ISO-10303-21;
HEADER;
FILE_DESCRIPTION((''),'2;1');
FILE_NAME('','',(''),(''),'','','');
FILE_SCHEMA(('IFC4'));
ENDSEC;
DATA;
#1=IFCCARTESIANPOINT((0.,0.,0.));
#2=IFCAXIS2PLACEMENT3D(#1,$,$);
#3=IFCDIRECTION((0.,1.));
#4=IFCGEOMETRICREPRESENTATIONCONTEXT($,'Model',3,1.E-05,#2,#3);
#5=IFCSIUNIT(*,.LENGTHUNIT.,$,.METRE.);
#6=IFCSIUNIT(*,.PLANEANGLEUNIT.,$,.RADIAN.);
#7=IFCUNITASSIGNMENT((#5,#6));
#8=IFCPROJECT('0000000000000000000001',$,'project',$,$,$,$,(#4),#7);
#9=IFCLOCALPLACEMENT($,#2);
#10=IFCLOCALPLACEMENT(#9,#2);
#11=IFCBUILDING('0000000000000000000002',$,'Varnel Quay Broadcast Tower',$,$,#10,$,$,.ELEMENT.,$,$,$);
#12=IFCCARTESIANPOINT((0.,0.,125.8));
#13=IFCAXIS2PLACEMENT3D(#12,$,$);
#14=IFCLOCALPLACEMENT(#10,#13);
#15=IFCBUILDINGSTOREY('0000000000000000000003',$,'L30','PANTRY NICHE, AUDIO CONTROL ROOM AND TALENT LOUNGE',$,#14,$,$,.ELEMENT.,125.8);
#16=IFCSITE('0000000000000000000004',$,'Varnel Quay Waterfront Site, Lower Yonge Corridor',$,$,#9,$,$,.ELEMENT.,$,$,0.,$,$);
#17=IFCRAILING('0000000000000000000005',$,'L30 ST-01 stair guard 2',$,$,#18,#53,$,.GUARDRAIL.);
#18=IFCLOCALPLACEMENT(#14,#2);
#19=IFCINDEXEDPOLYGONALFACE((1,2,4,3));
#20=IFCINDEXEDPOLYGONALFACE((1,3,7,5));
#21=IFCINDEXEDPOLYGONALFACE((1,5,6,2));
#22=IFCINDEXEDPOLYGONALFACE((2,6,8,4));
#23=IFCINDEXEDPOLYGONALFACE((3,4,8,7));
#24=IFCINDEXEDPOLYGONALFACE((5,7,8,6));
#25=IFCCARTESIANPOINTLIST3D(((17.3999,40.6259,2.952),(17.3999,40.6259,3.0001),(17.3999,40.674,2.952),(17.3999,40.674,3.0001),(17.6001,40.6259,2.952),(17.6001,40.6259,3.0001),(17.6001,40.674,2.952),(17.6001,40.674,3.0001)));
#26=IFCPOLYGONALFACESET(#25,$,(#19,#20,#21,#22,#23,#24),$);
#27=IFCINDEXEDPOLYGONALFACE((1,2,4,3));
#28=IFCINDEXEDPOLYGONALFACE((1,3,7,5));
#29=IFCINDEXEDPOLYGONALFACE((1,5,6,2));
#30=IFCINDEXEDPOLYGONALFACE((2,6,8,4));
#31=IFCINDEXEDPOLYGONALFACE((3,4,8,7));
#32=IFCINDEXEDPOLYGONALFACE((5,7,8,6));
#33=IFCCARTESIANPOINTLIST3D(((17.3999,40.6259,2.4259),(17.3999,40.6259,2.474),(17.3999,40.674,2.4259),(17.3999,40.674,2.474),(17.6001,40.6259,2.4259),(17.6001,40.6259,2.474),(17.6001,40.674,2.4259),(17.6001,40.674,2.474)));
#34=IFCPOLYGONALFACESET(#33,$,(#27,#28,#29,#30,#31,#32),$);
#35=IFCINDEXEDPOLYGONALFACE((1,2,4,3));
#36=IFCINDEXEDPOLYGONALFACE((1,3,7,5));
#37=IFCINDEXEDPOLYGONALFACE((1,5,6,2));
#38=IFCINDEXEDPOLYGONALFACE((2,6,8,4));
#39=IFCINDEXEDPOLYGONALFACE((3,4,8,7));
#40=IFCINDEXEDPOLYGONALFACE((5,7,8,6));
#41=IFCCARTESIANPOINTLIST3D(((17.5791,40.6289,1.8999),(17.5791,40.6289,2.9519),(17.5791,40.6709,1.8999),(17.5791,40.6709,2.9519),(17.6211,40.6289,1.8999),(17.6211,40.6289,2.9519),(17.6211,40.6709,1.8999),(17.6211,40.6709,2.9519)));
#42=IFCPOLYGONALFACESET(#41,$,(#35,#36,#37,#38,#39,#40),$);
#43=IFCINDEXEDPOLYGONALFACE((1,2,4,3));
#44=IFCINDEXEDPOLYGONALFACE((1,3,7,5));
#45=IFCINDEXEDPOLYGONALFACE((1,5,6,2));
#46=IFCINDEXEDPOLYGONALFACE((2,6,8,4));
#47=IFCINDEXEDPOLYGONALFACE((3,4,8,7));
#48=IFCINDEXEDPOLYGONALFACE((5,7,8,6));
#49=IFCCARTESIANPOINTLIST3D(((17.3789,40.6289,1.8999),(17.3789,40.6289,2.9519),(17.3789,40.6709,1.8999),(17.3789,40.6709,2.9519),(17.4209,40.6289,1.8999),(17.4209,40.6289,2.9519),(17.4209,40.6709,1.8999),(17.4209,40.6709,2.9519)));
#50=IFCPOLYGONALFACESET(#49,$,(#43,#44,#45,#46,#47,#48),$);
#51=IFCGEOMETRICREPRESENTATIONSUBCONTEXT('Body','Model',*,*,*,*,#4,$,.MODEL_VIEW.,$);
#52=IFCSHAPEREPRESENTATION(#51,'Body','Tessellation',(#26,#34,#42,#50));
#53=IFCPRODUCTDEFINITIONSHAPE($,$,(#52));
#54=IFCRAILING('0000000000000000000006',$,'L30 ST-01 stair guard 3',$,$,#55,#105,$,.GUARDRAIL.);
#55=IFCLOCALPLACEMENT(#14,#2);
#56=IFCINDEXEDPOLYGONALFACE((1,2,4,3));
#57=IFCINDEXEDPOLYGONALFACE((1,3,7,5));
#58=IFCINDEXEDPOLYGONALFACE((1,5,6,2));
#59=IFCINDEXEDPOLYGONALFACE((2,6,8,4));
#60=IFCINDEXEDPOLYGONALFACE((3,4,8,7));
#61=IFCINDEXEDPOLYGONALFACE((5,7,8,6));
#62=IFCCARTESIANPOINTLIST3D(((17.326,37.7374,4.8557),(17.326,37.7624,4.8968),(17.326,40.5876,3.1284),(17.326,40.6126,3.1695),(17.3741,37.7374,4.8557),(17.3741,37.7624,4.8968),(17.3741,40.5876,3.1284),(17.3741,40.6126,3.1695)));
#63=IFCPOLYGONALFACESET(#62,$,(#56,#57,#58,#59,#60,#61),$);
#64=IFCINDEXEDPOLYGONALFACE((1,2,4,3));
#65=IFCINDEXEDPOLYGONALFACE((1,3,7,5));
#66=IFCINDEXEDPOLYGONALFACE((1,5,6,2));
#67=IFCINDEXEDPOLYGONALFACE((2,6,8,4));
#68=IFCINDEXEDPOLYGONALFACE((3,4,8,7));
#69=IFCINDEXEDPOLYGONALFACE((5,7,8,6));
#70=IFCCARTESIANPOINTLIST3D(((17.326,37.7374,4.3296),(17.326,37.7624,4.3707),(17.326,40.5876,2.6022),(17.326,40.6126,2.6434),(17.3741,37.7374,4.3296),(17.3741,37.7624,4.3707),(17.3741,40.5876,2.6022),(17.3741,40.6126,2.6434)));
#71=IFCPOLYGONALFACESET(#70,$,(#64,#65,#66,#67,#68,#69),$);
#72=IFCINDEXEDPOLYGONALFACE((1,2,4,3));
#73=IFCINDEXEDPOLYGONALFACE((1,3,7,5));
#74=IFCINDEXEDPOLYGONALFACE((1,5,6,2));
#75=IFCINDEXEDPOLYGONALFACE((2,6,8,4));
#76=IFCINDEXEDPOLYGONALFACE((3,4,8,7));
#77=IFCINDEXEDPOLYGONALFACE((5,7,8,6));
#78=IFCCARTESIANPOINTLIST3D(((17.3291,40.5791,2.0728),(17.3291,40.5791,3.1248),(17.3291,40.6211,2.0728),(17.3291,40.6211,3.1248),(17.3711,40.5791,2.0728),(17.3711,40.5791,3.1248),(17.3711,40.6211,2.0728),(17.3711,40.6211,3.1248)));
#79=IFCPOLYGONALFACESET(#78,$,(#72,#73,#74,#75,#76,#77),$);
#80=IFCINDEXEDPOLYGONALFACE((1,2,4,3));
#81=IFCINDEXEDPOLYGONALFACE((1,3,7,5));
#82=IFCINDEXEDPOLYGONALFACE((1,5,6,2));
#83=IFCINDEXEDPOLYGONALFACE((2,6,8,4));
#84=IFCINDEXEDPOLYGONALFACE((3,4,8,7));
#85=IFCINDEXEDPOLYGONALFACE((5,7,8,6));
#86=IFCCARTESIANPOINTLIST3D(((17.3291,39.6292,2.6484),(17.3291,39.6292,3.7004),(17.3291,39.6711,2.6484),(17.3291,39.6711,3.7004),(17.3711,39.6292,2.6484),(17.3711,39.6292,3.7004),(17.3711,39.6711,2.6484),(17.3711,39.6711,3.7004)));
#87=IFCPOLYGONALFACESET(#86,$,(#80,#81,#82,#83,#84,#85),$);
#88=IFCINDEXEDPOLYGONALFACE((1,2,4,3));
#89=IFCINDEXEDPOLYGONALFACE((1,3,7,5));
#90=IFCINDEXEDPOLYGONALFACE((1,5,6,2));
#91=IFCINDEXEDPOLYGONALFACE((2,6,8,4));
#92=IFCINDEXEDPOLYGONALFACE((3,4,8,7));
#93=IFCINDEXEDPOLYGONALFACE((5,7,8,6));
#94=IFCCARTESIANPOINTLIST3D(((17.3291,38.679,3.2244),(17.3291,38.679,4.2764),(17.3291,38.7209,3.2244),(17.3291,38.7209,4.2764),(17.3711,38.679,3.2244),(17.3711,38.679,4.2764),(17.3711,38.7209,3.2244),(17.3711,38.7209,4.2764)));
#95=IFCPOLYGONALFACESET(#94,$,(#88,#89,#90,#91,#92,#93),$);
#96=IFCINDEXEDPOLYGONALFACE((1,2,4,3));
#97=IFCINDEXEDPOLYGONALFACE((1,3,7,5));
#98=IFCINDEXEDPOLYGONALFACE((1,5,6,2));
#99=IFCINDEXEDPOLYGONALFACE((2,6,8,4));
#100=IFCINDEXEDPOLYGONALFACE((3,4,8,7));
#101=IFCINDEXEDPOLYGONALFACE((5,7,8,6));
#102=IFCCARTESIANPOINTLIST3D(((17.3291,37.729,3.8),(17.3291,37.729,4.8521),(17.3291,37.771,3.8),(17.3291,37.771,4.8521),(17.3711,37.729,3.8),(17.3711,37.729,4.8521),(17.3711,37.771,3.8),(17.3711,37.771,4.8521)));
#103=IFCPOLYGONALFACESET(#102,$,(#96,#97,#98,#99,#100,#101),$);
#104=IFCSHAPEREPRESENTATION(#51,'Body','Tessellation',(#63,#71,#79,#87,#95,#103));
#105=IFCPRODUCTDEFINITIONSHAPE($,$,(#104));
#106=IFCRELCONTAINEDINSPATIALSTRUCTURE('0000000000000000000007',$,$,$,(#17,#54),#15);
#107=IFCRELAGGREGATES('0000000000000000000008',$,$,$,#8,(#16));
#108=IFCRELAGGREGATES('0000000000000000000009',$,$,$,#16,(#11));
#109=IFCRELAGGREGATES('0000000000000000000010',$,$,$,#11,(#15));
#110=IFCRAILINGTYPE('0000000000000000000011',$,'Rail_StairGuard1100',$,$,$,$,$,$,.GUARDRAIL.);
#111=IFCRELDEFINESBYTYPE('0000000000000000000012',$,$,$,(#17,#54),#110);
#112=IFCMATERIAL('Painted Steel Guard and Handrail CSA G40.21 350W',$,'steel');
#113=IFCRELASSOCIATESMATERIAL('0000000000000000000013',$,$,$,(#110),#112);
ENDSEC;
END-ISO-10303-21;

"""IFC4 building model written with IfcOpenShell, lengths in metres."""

from ifc_helpers import new_model, si_unit, direction, frame, origin, origin_2d, place, context, subcontext, project, spatial, rectangle, extrude, material, type_object, element, save


model = new_model("IFC4")

# Units and contexts
model_context = context("Model", 3, precision=1e-05, world=origin(), true_north=direction((0.0, 1.0)))
body_context = subcontext(model_context, "Body", "Model", "MODEL_VIEW")
ifc_project = project(units=[si_unit("LENGTHUNIT", "METRE"), si_unit("PLANEANGLEUNIT", "RADIAN")], contexts=[model_context])

# Site, building, storey
site_placement = place(None, origin())
site = spatial("IfcSite", under=ifc_project, at=site_placement, Name="Varnel Quay Waterfront Site, Lower Yonge Corridor", CompositionType="ELEMENT", RefElevation=0.0)
building_placement = place(site_placement, origin())
building = spatial("IfcBuilding", under=site, at=building_placement, Name="Varnel Quay Broadcast Tower", CompositionType="ELEMENT")
storey_placement = place(building_placement, frame((0.0, 0.0, 125.8)))
storey = spatial("IfcBuildingStorey", under=building, at=storey_placement, Name="L30", Description="PANTRY NICHE, AUDIO CONTROL ROOM AND TALENT LOUNGE", CompositionType="ELEMENT", Elevation=125.8)

# Railings
ifc_material_1 = material(Name="Painted Steel Guard and Handrail CSA G40.21 350W", Category="steel")
railing_type = type_object("IfcRailingType", Name="Rail_StairGuard1100", PredefinedType="GUARDRAIL", material=ifc_material_1)
railing_1_placement = place(storey_placement, frame((17.6001, 40.6499, 1.8999)))
element("IfcRailing", 1, at=railing_1_placement, inside=storey, type_object=railing_type, Name="L30 ST-01 stair guard 2", PredefinedType="GUARDRAIL", context=body_context, shape_type="SweptSolid", body=[
    extrude(rectangle(XDim=0.0481, YDim=0.0481, at=origin_2d()), frame((0.0, 0.0, 1.0762), z_axis=(-1.0, 0.0, 0.0), x_axis=(0.0, -1.0, 0.0)), (0.0, 0.0, 1.0), 0.2002),
    extrude(rectangle(XDim=0.0481, YDim=0.0481, at=origin_2d()), frame((0.0, 0.0, 0.55), z_axis=(-1.0, 0.0, 0.0), x_axis=(0.0, -1.0, 0.0)), (0.0, 0.0, 1.0), 0.2002),
    extrude(rectangle(XDim=0.042, YDim=0.042, at=origin_2d()), origin(), (0.0, 0.0, 1.0), 1.052),
    extrude(rectangle(XDim=0.042, YDim=0.042, at=origin_2d()), frame((-0.2002, 0.0, 0.0)), (0.0, 0.0, 1.0), 1.052),
])
railing_2_placement = place(storey_placement, frame((17.3501, 40.6001, 2.0728)))
element("IfcRailing", 2, at=railing_2_placement, inside=storey, type_object=railing_type, Name="L30 ST-01 stair guard 3", PredefinedType="GUARDRAIL", context=body_context, shape_type="SweptSolid", body=[
    extrude(rectangle(XDim=0.0481, YDim=0.0481, at=origin_2d()), frame((0.0, 0.0, 1.0762), z_axis=(0.0, -0.855203, 0.518294), x_axis=(1.0, 0.0, 0.0)), (0.0, 0.0, 1.0), 3.3328),
    extrude(rectangle(XDim=0.0481, YDim=0.0481, at=origin_2d()), frame((0.0, 0.0, 0.55), z_axis=(0.0, -0.855203, 0.518294), x_axis=(1.0, 0.0, 0.0)), (0.0, 0.0, 1.0), 3.3328),
    extrude(rectangle(XDim=0.042, YDim=0.042, at=origin_2d()), origin(), (0.0, 0.0, 1.0), 1.052),
    extrude(rectangle(XDim=0.042, YDim=0.042, at=origin_2d()), frame((0.0, -0.95, 0.5757)), (0.0, 0.0, 1.0), 1.052),
    extrude(rectangle(XDim=0.042, YDim=0.042, at=origin_2d()), frame((0.0, -1.9001, 1.1516)), (0.0, 0.0, 1.0), 1.052),
    extrude(rectangle(XDim=0.042, YDim=0.042, at=origin_2d()), frame((0.0, -2.8501, 1.7273)), (0.0, 0.0, 1.0), 1.052),
])

save(model, "model.ifc")
